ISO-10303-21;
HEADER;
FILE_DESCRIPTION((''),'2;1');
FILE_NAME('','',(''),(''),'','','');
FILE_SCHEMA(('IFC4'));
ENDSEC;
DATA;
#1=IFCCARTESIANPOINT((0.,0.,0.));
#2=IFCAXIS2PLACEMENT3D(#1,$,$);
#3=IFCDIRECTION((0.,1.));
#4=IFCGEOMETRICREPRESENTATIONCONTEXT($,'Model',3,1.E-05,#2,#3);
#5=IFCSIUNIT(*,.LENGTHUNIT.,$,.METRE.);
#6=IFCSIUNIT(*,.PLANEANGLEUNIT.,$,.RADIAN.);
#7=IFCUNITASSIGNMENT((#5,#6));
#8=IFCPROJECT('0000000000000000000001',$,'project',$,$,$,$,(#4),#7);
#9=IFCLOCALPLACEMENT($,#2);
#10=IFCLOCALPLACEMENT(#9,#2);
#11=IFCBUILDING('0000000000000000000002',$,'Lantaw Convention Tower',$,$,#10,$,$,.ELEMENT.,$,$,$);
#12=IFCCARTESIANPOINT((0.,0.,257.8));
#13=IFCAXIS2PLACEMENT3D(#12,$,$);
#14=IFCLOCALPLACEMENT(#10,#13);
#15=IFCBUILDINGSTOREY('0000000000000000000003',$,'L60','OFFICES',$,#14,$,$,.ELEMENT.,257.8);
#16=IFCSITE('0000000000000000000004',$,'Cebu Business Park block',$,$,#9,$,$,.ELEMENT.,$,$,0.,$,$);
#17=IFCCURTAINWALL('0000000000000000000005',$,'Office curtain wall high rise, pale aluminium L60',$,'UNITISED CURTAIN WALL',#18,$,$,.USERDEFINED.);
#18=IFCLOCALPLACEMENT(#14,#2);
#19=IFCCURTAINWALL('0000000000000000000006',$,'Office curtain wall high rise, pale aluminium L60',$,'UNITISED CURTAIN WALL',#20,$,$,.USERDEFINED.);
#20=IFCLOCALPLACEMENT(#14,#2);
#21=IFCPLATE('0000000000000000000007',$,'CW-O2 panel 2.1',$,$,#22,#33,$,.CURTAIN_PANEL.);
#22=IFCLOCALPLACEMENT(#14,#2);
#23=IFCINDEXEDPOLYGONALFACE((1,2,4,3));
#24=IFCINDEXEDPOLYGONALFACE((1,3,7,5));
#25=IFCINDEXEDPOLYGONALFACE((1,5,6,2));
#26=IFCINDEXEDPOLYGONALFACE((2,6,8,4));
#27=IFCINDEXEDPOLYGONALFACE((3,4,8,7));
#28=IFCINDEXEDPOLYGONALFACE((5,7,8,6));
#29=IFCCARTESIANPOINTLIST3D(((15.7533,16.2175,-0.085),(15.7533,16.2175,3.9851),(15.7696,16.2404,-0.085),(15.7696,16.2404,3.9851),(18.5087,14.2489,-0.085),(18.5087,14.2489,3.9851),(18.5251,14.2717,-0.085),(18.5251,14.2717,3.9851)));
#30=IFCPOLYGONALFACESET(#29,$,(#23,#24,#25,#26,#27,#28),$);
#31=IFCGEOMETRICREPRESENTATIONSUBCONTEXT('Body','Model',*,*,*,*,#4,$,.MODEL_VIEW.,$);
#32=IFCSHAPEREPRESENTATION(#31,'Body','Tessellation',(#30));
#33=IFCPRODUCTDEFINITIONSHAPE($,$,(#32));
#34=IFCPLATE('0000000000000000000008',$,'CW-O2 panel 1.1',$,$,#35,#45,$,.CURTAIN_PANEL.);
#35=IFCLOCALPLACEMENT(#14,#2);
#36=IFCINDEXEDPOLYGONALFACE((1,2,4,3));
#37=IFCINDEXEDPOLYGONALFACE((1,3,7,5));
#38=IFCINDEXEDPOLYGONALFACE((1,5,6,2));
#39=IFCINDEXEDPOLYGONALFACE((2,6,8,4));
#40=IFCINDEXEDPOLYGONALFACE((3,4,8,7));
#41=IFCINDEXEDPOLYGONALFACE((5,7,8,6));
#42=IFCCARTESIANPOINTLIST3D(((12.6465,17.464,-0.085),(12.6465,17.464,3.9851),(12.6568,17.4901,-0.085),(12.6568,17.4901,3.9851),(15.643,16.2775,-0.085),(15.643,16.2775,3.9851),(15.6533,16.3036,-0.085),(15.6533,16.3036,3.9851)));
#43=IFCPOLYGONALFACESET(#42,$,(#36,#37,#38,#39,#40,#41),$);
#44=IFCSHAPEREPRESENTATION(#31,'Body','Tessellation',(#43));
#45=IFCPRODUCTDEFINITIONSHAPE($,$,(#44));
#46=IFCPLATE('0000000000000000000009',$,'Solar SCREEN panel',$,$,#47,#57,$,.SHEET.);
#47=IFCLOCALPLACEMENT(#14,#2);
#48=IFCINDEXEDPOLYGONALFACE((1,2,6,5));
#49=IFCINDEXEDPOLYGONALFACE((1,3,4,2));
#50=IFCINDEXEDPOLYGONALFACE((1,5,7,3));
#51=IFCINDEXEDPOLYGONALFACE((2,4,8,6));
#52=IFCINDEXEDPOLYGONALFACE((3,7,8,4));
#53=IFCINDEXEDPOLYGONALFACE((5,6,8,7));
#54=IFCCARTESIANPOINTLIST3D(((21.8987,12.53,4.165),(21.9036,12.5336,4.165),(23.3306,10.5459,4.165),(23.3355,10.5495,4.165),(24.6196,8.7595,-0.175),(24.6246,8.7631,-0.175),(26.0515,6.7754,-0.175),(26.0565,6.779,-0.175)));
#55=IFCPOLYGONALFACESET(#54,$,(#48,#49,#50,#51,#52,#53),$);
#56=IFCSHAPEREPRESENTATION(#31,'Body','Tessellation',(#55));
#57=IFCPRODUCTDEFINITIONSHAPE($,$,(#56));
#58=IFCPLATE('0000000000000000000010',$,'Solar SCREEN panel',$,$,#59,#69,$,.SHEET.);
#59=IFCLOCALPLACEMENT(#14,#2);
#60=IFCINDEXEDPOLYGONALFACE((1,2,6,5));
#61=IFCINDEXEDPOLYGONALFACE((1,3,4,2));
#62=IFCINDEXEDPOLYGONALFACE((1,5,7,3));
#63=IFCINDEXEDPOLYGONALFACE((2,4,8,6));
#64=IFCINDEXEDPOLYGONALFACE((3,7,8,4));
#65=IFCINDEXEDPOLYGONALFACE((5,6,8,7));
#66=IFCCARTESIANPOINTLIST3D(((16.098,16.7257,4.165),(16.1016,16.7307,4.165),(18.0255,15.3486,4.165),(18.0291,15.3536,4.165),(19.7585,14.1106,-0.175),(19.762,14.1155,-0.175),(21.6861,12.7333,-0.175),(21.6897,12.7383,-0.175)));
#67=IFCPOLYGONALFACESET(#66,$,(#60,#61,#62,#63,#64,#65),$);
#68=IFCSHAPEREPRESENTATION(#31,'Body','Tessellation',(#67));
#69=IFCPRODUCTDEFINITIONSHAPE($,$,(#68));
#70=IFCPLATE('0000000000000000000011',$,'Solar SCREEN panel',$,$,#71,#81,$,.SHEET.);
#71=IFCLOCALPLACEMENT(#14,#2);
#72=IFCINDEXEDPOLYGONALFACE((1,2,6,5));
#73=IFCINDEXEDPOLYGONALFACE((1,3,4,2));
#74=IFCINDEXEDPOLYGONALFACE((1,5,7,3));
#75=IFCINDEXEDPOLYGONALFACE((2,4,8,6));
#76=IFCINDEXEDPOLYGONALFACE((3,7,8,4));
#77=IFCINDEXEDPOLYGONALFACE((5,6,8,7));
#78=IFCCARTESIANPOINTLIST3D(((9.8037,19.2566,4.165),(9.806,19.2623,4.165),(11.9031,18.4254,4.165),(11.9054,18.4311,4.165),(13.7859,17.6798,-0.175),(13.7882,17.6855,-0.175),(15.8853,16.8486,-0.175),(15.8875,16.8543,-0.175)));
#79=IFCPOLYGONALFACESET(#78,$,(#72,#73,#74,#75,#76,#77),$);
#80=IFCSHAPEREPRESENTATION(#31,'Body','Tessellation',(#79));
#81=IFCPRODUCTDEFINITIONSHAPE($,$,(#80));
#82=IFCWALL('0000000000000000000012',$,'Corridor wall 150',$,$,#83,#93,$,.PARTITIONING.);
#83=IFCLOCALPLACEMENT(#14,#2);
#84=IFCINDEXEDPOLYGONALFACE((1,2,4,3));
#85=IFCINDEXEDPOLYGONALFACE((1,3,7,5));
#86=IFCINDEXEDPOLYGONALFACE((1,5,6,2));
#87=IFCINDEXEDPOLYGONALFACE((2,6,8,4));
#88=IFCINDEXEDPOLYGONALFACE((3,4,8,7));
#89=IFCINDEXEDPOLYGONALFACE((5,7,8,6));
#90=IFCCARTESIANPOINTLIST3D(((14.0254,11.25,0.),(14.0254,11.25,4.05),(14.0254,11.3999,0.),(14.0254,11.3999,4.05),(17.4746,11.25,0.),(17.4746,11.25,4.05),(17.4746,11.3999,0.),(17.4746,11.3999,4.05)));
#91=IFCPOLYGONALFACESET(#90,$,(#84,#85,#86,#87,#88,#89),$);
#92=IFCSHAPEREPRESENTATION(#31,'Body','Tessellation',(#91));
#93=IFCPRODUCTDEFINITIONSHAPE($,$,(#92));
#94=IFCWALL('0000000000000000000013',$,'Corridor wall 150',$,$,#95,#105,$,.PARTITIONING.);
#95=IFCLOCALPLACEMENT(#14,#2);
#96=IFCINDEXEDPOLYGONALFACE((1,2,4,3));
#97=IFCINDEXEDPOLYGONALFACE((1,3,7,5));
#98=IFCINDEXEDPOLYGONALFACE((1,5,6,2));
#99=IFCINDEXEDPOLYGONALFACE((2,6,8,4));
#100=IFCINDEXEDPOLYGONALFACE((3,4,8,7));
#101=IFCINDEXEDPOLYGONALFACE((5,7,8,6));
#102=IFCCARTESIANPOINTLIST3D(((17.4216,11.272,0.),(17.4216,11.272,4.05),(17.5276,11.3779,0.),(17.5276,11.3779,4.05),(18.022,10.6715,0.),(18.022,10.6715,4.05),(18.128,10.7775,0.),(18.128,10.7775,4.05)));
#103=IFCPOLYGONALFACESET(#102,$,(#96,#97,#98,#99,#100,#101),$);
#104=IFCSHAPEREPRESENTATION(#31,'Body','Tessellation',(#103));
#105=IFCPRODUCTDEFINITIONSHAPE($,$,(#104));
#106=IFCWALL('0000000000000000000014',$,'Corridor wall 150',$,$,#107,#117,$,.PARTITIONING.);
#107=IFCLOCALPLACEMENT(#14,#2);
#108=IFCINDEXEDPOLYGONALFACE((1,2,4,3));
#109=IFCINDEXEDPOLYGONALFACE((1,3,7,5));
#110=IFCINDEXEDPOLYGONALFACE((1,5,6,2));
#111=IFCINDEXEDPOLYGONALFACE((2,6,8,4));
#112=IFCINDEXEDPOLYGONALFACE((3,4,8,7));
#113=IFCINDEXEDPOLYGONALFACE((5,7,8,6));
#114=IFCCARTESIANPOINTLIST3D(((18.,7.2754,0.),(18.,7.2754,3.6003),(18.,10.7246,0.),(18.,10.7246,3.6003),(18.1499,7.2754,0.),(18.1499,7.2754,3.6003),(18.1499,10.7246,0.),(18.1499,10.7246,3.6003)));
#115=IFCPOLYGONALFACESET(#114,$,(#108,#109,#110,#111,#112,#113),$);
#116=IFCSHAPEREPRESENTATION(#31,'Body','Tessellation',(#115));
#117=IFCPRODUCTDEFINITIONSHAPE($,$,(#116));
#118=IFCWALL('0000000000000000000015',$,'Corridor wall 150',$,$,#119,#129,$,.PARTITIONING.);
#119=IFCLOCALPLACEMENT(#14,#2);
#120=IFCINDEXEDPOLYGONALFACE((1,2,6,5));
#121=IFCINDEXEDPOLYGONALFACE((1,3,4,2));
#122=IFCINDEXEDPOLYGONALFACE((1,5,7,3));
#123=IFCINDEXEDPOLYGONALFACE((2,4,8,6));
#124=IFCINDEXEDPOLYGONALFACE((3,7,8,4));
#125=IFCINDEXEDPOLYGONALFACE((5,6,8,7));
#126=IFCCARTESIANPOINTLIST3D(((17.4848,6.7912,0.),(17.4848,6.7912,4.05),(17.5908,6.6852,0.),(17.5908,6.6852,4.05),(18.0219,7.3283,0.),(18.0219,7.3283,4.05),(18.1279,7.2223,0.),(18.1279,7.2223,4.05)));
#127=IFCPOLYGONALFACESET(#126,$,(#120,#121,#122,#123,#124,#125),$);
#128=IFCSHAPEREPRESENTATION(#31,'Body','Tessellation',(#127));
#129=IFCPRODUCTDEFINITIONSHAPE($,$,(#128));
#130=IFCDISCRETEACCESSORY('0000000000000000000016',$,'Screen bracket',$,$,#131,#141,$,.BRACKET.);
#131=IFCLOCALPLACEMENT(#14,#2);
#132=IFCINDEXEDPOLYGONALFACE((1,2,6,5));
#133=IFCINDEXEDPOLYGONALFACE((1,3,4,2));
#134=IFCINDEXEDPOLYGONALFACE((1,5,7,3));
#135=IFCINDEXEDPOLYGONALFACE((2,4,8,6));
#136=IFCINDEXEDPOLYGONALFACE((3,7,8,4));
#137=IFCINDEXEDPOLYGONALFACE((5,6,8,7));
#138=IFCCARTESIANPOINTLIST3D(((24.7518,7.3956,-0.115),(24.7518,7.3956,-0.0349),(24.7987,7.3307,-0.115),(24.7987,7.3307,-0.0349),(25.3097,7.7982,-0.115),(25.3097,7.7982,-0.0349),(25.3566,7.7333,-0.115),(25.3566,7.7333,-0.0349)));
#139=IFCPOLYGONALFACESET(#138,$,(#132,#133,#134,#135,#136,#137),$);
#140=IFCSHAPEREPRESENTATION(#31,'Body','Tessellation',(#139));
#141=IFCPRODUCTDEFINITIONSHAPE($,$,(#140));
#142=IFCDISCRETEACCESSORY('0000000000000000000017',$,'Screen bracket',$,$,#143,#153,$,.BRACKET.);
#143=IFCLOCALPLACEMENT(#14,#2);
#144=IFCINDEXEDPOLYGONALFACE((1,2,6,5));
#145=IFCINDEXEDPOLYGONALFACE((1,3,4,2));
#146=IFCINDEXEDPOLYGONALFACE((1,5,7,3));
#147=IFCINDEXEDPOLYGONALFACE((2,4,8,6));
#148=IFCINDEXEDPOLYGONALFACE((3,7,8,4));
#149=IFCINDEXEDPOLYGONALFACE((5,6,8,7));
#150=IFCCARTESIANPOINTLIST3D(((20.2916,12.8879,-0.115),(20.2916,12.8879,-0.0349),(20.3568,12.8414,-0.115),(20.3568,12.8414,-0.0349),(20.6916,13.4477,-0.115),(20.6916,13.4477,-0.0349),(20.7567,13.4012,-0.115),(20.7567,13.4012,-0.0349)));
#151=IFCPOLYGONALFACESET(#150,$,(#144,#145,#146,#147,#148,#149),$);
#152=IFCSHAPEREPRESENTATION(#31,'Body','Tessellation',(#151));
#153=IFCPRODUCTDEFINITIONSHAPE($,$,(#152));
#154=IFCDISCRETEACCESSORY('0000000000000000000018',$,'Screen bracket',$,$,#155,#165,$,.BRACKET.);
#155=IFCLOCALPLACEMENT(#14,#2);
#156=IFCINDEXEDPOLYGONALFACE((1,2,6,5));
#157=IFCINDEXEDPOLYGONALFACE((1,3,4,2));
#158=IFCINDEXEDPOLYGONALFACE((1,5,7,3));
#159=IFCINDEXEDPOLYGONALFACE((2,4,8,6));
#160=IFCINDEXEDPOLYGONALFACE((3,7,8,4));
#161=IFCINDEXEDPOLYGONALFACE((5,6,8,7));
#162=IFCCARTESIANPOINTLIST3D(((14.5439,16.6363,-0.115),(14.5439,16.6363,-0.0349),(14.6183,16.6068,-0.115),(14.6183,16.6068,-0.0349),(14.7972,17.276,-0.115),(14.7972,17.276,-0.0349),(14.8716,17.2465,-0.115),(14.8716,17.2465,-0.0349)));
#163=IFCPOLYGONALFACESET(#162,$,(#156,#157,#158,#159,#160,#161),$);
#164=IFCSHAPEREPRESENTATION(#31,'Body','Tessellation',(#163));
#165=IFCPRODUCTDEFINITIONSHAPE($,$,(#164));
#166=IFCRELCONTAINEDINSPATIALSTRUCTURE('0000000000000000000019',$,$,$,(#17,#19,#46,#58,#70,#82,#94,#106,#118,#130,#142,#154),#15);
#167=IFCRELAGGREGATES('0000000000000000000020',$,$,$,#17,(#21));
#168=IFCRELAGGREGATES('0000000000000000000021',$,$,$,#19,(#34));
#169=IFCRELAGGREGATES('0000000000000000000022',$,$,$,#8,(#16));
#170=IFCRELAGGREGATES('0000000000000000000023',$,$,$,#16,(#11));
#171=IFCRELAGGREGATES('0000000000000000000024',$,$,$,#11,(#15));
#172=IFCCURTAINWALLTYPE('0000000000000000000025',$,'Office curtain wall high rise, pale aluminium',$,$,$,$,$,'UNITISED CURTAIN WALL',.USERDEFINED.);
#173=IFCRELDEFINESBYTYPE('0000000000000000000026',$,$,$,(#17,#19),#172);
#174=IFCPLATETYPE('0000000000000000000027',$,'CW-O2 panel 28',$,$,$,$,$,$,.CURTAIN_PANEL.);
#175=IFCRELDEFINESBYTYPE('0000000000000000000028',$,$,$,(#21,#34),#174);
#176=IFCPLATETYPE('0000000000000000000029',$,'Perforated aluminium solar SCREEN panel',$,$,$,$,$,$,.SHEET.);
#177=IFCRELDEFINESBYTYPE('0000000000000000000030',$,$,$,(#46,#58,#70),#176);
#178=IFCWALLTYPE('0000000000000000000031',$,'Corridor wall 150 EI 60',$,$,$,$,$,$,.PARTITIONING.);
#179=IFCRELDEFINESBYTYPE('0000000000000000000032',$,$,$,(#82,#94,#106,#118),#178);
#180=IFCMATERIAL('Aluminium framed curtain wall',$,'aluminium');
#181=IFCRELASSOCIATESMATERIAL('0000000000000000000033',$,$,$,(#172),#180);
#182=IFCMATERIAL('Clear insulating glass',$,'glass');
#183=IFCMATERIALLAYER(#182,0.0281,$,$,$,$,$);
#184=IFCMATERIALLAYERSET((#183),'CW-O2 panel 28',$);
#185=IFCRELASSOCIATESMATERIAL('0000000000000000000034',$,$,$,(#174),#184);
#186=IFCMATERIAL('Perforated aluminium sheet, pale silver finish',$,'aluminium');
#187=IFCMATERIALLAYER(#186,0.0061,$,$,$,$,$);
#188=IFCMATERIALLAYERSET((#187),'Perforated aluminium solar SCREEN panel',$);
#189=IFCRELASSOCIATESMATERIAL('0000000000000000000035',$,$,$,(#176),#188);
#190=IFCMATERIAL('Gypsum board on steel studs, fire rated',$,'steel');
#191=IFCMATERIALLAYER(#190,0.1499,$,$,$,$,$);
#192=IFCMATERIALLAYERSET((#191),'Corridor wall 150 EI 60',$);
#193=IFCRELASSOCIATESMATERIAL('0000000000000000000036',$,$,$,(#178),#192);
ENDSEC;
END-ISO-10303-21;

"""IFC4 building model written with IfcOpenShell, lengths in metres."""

from ifc_helpers import new_model, si_unit, direction, frame, frame_2d, origin, origin_2d, place, context, subcontext, project, spatial, polyline, rectangle, outline, extrude, material, layer, layer_set, type_object, element, aggregate, save


model = new_model("IFC4")

# Units and contexts
model_context = context("Model", 3, precision=1e-05, world=origin(), true_north=direction((0.0, 1.0)))
body_context = subcontext(model_context, "Body", "Model", "MODEL_VIEW")
ifc_project = project(units=[si_unit("LENGTHUNIT", "METRE"), si_unit("PLANEANGLEUNIT", "RADIAN")], contexts=[model_context])

# Site, building, storey
site_placement = place(None, origin())
site = spatial("IfcSite", under=ifc_project, at=site_placement, Name="Cebu Business Park block", CompositionType="ELEMENT", RefElevation=0.0)
building_placement = place(site_placement, origin())
building = spatial("IfcBuilding", under=site, at=building_placement, Name="Lantaw Convention Tower", CompositionType="ELEMENT")
storey_placement = place(building_placement, frame((0.0, 0.0, 257.8)))
storey = spatial("IfcBuildingStorey", under=building, at=storey_placement, Name="L60", Description="OFFICES", CompositionType="ELEMENT", Elevation=257.8)

# Curtain wall
ifc_material_1 = material(Name="Aluminium framed curtain wall", Category="aluminium")
curtain_wall_type = type_object("IfcCurtainWallType", Name="Office curtain wall high rise, pale aluminium", ElementType="UNITISED CURTAIN WALL", PredefinedType="USERDEFINED", material=ifc_material_1)
curtain_wall_1_placement = place(storey_placement, origin())
curtain_wall_1 = element("IfcCurtainWall", 1, at=curtain_wall_1_placement, inside=storey, type_object=curtain_wall_type, Name="Office curtain wall high rise, pale aluminium L60", ObjectType="UNITISED CURTAIN WALL", PredefinedType="USERDEFINED")

# Curtain wall
curtain_wall_2_placement = place(storey_placement, origin())
curtain_wall_2 = element("IfcCurtainWall", 2, at=curtain_wall_2_placement, inside=storey, type_object=curtain_wall_type, Name="Office curtain wall high rise, pale aluminium L60", ObjectType="UNITISED CURTAIN WALL", PredefinedType="USERDEFINED")

# Plates
ifc_material_2 = material(Name="Clear insulating glass", Category="glass")
ifc_layer_1 = layer(ifc_material_2, 0.0281)
ifc_layer_set_1 = layer_set([ifc_layer_1], Name="CW-O2 panel 28")
plate_type_1 = type_object("IfcPlateType", Name="CW-O2 panel 28", PredefinedType="CURTAIN_PANEL", material=ifc_layer_set_1)
plate_1_placement = place(storey_placement, frame((17.1392, 15.2446, -0.085), z_axis=(0.0, 0.0, 1.0), x_axis=(-0.813673, 0.581323, 0.0)))
plate_1 = element("IfcPlate", 3, at=plate_1_placement, type_object=plate_type_1, Name="CW-O2 panel 2.1", PredefinedType="CURTAIN_PANEL", context=body_context, shape_type="SweptSolid", body=[
    extrude(rectangle(XDim=3.3865, YDim=0.0281, at=origin_2d()), origin(), (0.0, 0.0, 1.0), 4.0701),
])
aggregate(curtain_wall_1, [plate_1])
plate_2_placement = place(storey_placement, frame((14.1499, 16.8838, -0.085), z_axis=(0.0, 0.0, 1.0), x_axis=(-0.929762, 0.368162, 0.0)))
plate_2 = element("IfcPlate", 4, at=plate_2_placement, type_object=plate_type_1, Name="CW-O2 panel 1.1", PredefinedType="CURTAIN_PANEL", context=body_context, shape_type="SweptSolid", body=[
    extrude(rectangle(XDim=3.2229, YDim=0.0281, at=origin_2d()), origin(), (0.0, 0.0, 1.0), 4.0701),
])
aggregate(curtain_wall_2, [plate_2])

# Plates
ifc_material_3 = material(Name="Perforated aluminium sheet, pale silver finish", Category="aluminium")
ifc_layer_2 = layer(ifc_material_3, 0.0061)
ifc_layer_set_2 = layer_set([ifc_layer_2], Name="Perforated aluminium solar SCREEN panel")
plate_type_2 = type_object("IfcPlateType", Name="Perforated aluminium solar SCREEN panel", PredefinedType="SHEET", material=ifc_layer_set_2)
plate_3_placement = place(storey_placement, frame((26.0515, 6.7754, -0.175), z_axis=(-0.810892, -0.585195, 0.00002), x_axis=(-0.585195, 0.810892, 0.0)))
element("IfcPlate", 5, at=plate_3_placement, inside=storey, type_object=plate_type_2, Name="Solar SCREEN panel", PredefinedType="SHEET", context=body_context, shape_type="SweptSolid", body=[
    extrude(outline(polyline([(0.0, 0.0), (2.4468, 0.0), (7.0966, -4.3401), (4.6498, -4.3401), (0.0, 0.0)])), origin(), (0.0, 0.0, -1.0), 0.0061),
])
plate_4_placement = place(storey_placement, frame((21.6897, 12.7383, -0.175), z_axis=(0.581331, 0.813667, 0.00001), x_axis=(-0.813667, 0.581331, 0.0)))
element("IfcPlate", 6, at=plate_4_placement, inside=storey, type_object=plate_type_2, Name="Solar SCREEN panel", PredefinedType="SHEET", context=body_context, shape_type="SweptSolid", body=[
    extrude(outline(polyline([(0.0, 0.0), (2.3691, 0.0), (6.8678, 4.3401), (4.4989, 4.3401), (0.0, 0.0)])), origin(), (0.0, 0.0, -1.0), 0.0061),
])
plate_5_placement = place(storey_placement, frame((15.8853, 16.8486, -0.175), z_axis=(-0.368117, -0.92978, 0.000036), x_axis=(-0.92978, 0.368117, 0.0)))
element("IfcPlate", 7, at=plate_5_placement, inside=storey, type_object=plate_type_2, Name="Solar SCREEN panel", PredefinedType="SHEET", context=body_context, shape_type="SweptSolid", body=[
    extrude(outline(polyline([(0.0, 0.0), (2.2579, 0.0), (6.5409, -4.3401), (4.2829, -4.3401), (0.0, 0.0)])), origin(), (0.0, 0.0, -1.0), 0.0061),
])

# Walls
ifc_material_4 = material(Name="Gypsum board on steel studs, fire rated", Category="steel")
ifc_layer_3 = layer(ifc_material_4, 0.1499)
ifc_layer_set_3 = layer_set([ifc_layer_3], Name="Corridor wall 150 EI 60")
wall_type = type_object("IfcWallType", Name="Corridor wall 150 EI 60", PredefinedType="PARTITIONING", material=ifc_layer_set_3)
wall_1_placement = place(storey_placement, frame((14.0254, 11.325, 0.0), z_axis=(0.0, 0.0, 1.0), x_axis=(1.0, 0.0, 0.0)))
element("IfcWall", 8, at=wall_1_placement, inside=storey, type_object=wall_type, Name="Corridor wall 150", PredefinedType="PARTITIONING", context=body_context, shape_type="SweptSolid", body=[
    extrude(rectangle(XDim=3.4492, YDim=0.1499, at=frame_2d((1.7246, 0.0))), origin(), (0.0, 0.0, 1.0), 4.05),
])
wall_2_placement = place(storey_placement, frame((17.4746, 11.325, 0.0), z_axis=(0.0, 0.0, 1.0), x_axis=(0.707107, -0.707107, 0.0)))
element("IfcWall", 9, at=wall_2_placement, inside=storey, type_object=wall_type, Name="Corridor wall 150", PredefinedType="PARTITIONING", context=body_context, shape_type="SweptSolid", body=[
    extrude(rectangle(XDim=0.8491, YDim=0.1499, at=frame_2d((0.4246, 0.0))), origin(), (0.0, 0.0, 1.0), 4.05),
])
wall_3_placement = place(storey_placement, frame((18.075, 10.7246, 0.0), z_axis=(0.0, 0.0, 1.0), x_axis=(0.0, -1.0, 0.0)))
element("IfcWall", 10, at=wall_3_placement, inside=storey, type_object=wall_type, Name="Corridor wall 150", PredefinedType="PARTITIONING", context=body_context, shape_type="SweptSolid", body=[
    extrude(rectangle(XDim=3.4492, YDim=0.1499, at=frame_2d((1.7246, 0.0))), origin(), (0.0, 0.0, 1.0), 3.6003),
])
wall_4_placement = place(storey_placement, frame((18.075, 7.2754, 0.0), z_axis=(0.0, 0.0, 1.0), x_axis=(-0.707107, -0.707107, 0.0)))
element("IfcWall", 11, at=wall_4_placement, inside=storey, type_object=wall_type, Name="Corridor wall 150", PredefinedType="PARTITIONING", context=body_context, shape_type="SweptSolid", body=[
    extrude(rectangle(XDim=0.7595, YDim=0.1499, at=frame_2d((0.3799, 0.0))), origin(), (0.0, 0.0, 1.0), 4.05),
])

# Discrete accessories
for number, where, z_axis, x_axis, name in (
    (12, (25.0542, 7.5645, -0.115), (0.0, 0.0, 1.0), (-0.585158, 0.81092, 0.0), "Screen bracket"),
    (13, (20.5242, 13.1445, -0.115), (0.0, 0.0, 1.0), (-0.813673, 0.581323, 0.0), "Screen bracket"),
    (14, (14.7078, 16.9414, -0.115), (0.0, 0.0, 1.0), (-0.929762, 0.368162, 0.0), "Screen bracket"),
):
    element("IfcDiscreteAccessory", number, at=place(storey_placement, frame(where, z_axis=z_axis, x_axis=x_axis)), inside=storey, Name=name, PredefinedType="BRACKET", context=body_context, shape_type="SweptSolid", body=[
        extrude(rectangle(XDim=0.0801, YDim=0.688, at=origin_2d()), origin(), (0.0, 0.0, 1.0), 0.0801),
    ])

save(model, "model.ifc")
